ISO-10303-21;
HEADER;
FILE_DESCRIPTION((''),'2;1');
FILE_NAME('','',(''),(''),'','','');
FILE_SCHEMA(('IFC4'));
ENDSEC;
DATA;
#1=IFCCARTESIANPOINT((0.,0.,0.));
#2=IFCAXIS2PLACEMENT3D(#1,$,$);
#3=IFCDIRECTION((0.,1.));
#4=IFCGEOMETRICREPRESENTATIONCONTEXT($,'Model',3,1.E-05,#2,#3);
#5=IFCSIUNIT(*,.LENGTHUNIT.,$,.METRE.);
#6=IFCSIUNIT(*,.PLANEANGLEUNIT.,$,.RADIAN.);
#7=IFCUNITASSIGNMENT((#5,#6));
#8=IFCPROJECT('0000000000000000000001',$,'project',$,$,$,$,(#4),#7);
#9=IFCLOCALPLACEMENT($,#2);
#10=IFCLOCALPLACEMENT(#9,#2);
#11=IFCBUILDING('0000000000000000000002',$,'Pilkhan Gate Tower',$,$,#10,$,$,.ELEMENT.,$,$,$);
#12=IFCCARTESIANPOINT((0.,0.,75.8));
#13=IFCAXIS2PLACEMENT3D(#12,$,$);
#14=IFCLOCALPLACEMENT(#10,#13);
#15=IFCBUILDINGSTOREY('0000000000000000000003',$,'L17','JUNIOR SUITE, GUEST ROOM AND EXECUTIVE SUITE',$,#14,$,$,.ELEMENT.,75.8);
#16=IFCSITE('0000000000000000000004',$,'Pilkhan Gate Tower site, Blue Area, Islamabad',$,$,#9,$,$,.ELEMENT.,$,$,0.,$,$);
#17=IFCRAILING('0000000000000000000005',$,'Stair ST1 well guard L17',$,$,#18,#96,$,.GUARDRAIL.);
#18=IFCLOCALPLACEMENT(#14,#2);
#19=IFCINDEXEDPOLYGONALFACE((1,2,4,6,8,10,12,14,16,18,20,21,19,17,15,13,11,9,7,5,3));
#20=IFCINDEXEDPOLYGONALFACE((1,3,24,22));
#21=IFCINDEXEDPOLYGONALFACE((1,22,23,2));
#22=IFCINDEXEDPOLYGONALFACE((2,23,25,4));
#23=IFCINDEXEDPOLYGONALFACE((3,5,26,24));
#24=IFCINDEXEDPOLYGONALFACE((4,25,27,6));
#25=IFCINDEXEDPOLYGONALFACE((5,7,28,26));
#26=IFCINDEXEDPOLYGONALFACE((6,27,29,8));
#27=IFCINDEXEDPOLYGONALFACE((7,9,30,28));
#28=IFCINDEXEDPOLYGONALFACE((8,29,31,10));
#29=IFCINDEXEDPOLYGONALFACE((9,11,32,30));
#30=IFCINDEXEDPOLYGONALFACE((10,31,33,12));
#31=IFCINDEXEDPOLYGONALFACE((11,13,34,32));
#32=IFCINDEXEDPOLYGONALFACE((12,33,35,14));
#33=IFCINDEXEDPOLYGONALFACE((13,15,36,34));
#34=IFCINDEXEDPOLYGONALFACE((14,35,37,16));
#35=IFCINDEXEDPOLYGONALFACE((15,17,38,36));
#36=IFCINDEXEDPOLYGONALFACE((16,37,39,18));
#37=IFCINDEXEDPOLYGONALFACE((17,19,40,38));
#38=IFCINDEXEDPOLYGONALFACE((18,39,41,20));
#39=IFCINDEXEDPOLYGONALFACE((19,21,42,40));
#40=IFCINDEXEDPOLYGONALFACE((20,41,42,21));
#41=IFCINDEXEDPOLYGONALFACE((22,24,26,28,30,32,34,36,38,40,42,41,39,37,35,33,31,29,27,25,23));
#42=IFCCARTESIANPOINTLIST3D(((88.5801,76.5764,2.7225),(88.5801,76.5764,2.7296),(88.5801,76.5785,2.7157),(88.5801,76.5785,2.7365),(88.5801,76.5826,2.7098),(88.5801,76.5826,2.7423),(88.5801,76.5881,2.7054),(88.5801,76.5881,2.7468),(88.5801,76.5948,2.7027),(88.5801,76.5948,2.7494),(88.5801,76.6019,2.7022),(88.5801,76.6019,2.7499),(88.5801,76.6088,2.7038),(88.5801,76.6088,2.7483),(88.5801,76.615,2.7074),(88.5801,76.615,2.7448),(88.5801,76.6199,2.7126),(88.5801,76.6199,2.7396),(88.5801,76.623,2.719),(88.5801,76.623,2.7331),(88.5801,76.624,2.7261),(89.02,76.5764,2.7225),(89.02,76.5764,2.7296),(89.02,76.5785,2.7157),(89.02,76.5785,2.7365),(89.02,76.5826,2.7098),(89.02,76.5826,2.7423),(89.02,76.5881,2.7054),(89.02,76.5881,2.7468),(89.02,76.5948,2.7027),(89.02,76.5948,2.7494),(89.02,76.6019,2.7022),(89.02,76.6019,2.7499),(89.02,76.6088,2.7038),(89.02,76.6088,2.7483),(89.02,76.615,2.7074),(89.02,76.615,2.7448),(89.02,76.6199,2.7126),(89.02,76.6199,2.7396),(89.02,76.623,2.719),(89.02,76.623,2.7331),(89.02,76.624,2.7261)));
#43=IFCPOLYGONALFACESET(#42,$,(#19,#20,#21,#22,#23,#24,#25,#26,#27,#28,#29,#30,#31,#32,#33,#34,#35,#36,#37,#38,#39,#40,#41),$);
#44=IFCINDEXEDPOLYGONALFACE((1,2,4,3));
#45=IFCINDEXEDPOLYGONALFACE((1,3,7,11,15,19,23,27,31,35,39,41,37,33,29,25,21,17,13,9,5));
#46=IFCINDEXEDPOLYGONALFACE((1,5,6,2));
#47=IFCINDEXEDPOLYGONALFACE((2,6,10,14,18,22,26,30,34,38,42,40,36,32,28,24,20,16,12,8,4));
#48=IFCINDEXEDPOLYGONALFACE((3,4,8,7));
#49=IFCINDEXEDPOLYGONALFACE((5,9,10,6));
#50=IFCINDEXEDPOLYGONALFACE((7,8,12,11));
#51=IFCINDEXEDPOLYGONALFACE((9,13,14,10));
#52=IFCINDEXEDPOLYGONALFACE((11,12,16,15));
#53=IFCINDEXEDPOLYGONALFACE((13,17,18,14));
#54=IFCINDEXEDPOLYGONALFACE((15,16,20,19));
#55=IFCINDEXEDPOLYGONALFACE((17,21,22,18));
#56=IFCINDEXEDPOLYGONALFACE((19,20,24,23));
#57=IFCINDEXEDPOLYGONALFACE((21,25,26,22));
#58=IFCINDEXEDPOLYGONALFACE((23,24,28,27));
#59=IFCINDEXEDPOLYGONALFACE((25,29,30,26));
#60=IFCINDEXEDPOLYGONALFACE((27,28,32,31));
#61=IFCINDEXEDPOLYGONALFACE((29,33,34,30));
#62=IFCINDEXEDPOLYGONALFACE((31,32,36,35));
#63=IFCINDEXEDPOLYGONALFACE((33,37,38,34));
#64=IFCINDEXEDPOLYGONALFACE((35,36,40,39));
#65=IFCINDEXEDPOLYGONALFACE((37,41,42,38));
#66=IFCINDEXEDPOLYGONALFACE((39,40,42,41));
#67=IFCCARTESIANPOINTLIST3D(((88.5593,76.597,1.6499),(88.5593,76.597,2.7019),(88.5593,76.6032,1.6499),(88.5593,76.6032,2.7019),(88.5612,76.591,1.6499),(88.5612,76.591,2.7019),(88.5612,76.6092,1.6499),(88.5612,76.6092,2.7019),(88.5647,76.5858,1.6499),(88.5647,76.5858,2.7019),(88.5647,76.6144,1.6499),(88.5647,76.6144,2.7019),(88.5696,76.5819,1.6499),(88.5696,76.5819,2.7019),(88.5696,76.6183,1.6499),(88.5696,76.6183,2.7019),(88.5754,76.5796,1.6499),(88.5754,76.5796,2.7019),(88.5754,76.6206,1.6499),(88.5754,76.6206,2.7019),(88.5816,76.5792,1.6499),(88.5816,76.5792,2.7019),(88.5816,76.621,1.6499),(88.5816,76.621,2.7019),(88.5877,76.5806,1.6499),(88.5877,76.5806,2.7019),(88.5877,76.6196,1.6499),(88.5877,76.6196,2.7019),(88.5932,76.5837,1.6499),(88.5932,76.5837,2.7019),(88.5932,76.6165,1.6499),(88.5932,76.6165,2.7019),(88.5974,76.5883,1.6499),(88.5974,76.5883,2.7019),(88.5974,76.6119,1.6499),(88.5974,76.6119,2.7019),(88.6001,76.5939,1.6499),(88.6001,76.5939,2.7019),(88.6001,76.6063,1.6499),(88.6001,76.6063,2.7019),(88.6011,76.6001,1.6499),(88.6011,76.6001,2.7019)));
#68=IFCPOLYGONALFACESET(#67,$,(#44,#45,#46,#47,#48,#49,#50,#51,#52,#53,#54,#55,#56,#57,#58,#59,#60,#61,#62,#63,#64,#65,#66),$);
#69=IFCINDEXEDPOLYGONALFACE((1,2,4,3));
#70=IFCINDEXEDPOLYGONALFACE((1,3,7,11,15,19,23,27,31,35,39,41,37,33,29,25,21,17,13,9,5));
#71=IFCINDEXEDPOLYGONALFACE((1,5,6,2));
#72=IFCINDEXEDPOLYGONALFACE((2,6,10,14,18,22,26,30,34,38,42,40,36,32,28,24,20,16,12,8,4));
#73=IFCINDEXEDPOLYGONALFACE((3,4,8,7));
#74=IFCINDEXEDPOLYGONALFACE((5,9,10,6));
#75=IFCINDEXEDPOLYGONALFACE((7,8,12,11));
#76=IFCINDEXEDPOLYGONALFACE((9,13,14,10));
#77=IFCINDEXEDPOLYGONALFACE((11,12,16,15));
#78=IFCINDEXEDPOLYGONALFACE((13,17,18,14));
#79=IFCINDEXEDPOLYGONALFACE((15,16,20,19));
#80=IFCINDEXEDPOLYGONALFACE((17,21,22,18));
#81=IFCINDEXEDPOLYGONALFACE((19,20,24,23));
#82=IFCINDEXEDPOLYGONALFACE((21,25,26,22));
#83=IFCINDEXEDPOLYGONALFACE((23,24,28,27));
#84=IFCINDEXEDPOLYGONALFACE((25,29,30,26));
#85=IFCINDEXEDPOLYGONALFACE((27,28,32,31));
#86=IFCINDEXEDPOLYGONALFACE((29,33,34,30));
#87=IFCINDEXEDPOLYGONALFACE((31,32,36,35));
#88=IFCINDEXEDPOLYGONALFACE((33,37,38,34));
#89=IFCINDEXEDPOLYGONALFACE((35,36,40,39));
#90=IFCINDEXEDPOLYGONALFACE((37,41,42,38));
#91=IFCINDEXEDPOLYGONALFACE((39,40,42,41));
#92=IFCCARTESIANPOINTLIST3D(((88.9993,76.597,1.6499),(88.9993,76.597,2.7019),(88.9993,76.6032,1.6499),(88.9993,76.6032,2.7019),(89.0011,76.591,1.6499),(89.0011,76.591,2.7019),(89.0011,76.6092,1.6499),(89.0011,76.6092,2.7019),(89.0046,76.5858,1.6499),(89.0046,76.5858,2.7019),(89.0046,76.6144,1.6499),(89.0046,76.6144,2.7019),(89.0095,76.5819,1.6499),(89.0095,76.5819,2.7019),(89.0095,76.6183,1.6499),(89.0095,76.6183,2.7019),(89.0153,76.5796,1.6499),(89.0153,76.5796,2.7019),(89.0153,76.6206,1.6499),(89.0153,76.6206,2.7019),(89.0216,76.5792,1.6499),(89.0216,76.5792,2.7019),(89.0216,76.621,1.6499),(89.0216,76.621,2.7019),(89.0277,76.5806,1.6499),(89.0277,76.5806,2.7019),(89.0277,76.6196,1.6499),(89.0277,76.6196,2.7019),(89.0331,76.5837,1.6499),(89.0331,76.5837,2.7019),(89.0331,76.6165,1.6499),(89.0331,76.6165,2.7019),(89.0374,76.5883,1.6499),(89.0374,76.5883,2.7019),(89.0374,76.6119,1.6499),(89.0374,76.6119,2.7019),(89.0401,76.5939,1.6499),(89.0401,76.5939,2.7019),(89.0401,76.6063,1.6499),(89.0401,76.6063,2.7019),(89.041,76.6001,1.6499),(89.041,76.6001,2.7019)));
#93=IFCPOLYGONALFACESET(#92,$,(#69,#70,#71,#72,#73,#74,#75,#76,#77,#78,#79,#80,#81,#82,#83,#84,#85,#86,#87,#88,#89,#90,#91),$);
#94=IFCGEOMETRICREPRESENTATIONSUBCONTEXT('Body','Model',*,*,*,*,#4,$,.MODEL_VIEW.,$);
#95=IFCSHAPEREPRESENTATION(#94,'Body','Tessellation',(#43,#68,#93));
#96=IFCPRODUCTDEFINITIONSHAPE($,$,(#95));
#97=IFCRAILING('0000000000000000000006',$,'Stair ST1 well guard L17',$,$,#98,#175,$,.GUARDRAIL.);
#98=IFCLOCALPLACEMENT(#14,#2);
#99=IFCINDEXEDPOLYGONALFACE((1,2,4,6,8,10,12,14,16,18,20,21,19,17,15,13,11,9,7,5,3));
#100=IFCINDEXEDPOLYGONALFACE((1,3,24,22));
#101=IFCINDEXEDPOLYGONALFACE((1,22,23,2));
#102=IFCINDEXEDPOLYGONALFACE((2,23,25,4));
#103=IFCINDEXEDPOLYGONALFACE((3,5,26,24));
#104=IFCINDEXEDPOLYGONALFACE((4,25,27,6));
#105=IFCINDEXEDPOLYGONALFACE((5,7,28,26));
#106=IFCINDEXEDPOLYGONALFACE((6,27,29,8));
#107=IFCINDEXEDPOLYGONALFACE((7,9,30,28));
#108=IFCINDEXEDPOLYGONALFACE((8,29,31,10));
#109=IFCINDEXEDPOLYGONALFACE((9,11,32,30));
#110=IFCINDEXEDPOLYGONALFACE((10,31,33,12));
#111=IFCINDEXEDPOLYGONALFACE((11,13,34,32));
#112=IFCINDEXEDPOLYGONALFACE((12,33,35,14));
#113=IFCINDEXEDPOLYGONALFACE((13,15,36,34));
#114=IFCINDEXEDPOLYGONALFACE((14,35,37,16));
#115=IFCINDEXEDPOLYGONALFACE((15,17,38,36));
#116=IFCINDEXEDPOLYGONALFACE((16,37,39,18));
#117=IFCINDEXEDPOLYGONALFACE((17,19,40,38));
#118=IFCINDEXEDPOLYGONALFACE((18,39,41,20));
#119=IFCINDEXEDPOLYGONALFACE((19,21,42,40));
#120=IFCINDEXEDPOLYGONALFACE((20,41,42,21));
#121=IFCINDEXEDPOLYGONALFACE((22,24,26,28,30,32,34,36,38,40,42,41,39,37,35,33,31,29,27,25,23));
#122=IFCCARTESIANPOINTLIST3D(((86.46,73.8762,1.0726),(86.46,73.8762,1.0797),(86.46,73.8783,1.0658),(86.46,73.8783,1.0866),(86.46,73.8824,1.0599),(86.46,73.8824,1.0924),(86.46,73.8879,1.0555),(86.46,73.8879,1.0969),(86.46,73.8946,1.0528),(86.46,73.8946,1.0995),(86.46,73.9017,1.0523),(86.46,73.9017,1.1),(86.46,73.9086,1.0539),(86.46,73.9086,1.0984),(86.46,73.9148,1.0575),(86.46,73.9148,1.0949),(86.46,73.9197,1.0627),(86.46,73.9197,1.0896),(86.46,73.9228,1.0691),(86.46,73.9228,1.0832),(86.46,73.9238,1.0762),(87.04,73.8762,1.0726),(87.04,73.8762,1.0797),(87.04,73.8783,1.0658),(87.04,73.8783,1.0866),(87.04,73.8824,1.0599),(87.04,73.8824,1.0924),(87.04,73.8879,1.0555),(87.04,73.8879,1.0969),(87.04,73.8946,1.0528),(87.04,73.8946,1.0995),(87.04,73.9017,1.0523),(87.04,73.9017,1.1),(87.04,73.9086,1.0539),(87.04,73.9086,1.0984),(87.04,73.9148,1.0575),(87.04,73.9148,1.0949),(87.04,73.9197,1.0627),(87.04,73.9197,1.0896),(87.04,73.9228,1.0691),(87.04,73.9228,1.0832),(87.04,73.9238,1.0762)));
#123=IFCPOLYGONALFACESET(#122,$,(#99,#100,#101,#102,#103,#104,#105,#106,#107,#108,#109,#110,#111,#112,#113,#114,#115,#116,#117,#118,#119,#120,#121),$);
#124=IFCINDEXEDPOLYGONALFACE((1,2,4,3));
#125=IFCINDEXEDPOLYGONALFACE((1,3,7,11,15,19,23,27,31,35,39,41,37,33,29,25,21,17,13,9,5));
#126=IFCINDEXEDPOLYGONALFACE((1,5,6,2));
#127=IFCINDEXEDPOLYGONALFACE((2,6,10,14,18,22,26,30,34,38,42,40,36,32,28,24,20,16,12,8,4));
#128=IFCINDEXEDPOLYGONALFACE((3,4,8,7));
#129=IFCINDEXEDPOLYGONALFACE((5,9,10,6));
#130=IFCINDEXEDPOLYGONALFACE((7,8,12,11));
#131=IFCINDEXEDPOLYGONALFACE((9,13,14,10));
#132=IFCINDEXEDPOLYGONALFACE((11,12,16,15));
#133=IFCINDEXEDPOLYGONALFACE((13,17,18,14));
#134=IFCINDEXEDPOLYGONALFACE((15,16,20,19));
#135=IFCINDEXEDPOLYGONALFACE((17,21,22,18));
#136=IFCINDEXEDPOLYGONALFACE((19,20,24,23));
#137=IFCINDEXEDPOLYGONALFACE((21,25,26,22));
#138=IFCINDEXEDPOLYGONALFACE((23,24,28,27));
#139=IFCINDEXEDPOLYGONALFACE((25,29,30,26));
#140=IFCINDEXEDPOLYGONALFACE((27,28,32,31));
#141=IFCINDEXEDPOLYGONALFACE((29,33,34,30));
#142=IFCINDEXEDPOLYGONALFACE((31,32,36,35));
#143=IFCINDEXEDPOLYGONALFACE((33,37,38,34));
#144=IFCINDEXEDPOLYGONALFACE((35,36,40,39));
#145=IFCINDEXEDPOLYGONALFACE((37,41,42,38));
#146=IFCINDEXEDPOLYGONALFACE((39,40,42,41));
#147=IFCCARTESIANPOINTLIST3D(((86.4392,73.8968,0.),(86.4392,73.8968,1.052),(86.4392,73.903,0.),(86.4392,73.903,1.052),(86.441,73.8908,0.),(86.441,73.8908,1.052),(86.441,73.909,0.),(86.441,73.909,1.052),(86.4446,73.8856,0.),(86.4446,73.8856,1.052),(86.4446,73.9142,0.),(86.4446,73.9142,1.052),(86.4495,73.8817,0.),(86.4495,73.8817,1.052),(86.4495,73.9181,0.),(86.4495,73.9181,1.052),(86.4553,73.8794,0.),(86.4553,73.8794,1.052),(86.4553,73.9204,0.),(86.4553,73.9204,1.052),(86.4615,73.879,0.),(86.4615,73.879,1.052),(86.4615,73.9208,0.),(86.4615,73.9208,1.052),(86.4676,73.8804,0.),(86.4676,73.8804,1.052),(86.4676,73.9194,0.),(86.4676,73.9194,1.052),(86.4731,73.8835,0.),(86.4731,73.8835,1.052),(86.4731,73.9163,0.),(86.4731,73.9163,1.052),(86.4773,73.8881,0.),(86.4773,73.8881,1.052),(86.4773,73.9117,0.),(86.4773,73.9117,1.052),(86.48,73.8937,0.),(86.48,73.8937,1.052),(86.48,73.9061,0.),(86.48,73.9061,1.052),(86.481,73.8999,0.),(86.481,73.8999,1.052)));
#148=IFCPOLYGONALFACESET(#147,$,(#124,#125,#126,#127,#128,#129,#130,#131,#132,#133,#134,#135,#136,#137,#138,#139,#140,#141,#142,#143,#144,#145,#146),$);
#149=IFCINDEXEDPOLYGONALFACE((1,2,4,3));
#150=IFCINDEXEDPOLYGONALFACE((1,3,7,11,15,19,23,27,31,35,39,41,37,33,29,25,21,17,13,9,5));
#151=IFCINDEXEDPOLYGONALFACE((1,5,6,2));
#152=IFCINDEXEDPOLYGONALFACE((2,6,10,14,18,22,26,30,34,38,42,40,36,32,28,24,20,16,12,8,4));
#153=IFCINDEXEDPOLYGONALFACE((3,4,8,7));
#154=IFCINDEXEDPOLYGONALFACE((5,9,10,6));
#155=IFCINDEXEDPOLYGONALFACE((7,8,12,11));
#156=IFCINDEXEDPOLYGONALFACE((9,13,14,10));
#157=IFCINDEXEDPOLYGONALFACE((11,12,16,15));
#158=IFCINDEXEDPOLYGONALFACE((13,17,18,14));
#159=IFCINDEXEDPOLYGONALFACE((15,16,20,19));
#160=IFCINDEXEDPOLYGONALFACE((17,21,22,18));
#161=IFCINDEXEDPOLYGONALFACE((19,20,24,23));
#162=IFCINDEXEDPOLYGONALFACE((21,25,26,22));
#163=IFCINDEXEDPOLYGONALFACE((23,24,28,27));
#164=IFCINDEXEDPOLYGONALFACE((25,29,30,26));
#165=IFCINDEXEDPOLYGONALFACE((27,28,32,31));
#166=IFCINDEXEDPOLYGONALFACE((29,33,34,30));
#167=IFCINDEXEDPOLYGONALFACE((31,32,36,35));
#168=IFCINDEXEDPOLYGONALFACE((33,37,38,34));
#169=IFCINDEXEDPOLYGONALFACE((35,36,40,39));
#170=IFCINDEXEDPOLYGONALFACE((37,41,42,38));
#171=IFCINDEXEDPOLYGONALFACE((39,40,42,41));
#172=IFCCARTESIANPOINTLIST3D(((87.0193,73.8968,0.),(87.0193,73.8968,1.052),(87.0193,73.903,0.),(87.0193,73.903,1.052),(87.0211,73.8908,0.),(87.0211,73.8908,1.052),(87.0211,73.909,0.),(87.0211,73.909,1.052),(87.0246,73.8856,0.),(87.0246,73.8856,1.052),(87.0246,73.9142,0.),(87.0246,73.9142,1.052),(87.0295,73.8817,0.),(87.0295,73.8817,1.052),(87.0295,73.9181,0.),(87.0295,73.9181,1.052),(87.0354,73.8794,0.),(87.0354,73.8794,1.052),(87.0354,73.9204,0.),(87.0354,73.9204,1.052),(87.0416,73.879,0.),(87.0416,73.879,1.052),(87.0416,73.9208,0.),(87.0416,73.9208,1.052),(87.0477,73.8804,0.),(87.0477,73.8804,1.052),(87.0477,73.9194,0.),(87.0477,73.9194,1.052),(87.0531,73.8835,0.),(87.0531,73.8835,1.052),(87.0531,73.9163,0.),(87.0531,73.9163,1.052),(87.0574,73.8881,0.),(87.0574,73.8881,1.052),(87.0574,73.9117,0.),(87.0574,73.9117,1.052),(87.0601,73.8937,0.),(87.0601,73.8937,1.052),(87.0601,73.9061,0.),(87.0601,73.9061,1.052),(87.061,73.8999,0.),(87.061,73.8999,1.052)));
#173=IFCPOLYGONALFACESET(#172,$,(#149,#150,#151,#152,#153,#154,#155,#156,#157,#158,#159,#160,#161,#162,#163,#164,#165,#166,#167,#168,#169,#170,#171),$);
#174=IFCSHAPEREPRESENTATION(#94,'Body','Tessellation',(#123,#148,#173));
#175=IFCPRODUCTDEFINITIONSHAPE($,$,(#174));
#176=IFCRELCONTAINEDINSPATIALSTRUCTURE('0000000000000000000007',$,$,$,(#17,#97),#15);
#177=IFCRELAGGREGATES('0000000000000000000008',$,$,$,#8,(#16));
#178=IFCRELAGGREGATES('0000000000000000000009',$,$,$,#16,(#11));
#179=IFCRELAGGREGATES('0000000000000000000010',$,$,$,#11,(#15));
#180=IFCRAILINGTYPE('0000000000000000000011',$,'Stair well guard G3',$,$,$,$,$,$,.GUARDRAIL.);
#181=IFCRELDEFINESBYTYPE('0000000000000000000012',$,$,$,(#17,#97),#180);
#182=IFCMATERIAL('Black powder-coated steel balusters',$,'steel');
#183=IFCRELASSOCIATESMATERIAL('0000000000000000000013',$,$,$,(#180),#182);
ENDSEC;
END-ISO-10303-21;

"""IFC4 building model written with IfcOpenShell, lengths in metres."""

from ifc_helpers import new_model, si_unit, direction, frame, origin, origin_2d, place, context, subcontext, project, spatial, circle, extrude, material, type_object, element, save


model = new_model("IFC4")

# Units and contexts
model_context = context("Model", 3, precision=1e-05, world=origin(), true_north=direction((0.0, 1.0)))
body_context = subcontext(model_context, "Body", "Model", "MODEL_VIEW")
ifc_project = project(units=[si_unit("LENGTHUNIT", "METRE"), si_unit("PLANEANGLEUNIT", "RADIAN")], contexts=[model_context])

# Site, building, storey
site_placement = place(None, origin())
site = spatial("IfcSite", under=ifc_project, at=site_placement, Name="Pilkhan Gate Tower site, Blue Area, Islamabad", CompositionType="ELEMENT", RefElevation=0.0)
building_placement = place(site_placement, origin())
building = spatial("IfcBuilding", under=site, at=building_placement, Name="Pilkhan Gate Tower", CompositionType="ELEMENT")
storey_placement = place(building_placement, frame((0.0, 0.0, 75.8)))
storey = spatial("IfcBuildingStorey", under=building, at=storey_placement, Name="L17", Description="JUNIOR SUITE, GUEST ROOM AND EXECUTIVE SUITE", CompositionType="ELEMENT", Elevation=75.8)

# Railings
ifc_material_1 = material(Name="Black powder-coated steel balusters", Category="steel")
railing_type_1 = type_object("IfcRailingType", Name="Stair well guard G3", PredefinedType="GUARDRAIL", material=ifc_material_1)
railing_1_placement = place(storey_placement, frame((88.5801, 76.6001, 1.6499)))
element("IfcRailing", 1, at=railing_1_placement, inside=storey, type_object=railing_type_1, Name="Stair ST1 well guard L17", PredefinedType="GUARDRAIL", context=body_context, shape_type="SweptSolid", body=[
    extrude(circle(Radius=0.0239, at=origin_2d()), frame((0.0, 0.0, 1.0762), z_axis=(1.0, 0.0, 0.0), x_axis=(0.0, 1.0, 0.0)), (0.0, 0.0, 1.0), 0.4399),
    extrude(circle(Radius=0.021, at=origin_2d()), origin(), (0.0, 0.0, 1.0), 1.052),
    extrude(circle(Radius=0.021, at=origin_2d()), frame((0.4399, 0.0, 0.0)), (0.0, 0.0, 1.0), 1.052),
])
for number, where, name in (
    (2, (86.46, 73.8999, 0.0), "Stair ST1 well guard L17"),
):
    element("IfcRailing", number, at=place(storey_placement, frame(where)), inside=storey, type_object=railing_type_1, Name=name, PredefinedType="GUARDRAIL", context=body_context, shape_type="SweptSolid", body=[
        extrude(circle(Radius=0.0239, at=origin_2d()), frame((0.0, 0.0, 1.0762), z_axis=(1.0, 0.0, 0.0), x_axis=(0.0, 1.0, 0.0)), (0.0, 0.0, 1.0), 0.5801),
        extrude(circle(Radius=0.021, at=origin_2d()), origin(), (0.0, 0.0, 1.0), 1.052),
        extrude(circle(Radius=0.021, at=origin_2d()), frame((0.5801, 0.0, 0.0)), (0.0, 0.0, 1.0), 1.052),
    ])

save(model, "model.ifc")
